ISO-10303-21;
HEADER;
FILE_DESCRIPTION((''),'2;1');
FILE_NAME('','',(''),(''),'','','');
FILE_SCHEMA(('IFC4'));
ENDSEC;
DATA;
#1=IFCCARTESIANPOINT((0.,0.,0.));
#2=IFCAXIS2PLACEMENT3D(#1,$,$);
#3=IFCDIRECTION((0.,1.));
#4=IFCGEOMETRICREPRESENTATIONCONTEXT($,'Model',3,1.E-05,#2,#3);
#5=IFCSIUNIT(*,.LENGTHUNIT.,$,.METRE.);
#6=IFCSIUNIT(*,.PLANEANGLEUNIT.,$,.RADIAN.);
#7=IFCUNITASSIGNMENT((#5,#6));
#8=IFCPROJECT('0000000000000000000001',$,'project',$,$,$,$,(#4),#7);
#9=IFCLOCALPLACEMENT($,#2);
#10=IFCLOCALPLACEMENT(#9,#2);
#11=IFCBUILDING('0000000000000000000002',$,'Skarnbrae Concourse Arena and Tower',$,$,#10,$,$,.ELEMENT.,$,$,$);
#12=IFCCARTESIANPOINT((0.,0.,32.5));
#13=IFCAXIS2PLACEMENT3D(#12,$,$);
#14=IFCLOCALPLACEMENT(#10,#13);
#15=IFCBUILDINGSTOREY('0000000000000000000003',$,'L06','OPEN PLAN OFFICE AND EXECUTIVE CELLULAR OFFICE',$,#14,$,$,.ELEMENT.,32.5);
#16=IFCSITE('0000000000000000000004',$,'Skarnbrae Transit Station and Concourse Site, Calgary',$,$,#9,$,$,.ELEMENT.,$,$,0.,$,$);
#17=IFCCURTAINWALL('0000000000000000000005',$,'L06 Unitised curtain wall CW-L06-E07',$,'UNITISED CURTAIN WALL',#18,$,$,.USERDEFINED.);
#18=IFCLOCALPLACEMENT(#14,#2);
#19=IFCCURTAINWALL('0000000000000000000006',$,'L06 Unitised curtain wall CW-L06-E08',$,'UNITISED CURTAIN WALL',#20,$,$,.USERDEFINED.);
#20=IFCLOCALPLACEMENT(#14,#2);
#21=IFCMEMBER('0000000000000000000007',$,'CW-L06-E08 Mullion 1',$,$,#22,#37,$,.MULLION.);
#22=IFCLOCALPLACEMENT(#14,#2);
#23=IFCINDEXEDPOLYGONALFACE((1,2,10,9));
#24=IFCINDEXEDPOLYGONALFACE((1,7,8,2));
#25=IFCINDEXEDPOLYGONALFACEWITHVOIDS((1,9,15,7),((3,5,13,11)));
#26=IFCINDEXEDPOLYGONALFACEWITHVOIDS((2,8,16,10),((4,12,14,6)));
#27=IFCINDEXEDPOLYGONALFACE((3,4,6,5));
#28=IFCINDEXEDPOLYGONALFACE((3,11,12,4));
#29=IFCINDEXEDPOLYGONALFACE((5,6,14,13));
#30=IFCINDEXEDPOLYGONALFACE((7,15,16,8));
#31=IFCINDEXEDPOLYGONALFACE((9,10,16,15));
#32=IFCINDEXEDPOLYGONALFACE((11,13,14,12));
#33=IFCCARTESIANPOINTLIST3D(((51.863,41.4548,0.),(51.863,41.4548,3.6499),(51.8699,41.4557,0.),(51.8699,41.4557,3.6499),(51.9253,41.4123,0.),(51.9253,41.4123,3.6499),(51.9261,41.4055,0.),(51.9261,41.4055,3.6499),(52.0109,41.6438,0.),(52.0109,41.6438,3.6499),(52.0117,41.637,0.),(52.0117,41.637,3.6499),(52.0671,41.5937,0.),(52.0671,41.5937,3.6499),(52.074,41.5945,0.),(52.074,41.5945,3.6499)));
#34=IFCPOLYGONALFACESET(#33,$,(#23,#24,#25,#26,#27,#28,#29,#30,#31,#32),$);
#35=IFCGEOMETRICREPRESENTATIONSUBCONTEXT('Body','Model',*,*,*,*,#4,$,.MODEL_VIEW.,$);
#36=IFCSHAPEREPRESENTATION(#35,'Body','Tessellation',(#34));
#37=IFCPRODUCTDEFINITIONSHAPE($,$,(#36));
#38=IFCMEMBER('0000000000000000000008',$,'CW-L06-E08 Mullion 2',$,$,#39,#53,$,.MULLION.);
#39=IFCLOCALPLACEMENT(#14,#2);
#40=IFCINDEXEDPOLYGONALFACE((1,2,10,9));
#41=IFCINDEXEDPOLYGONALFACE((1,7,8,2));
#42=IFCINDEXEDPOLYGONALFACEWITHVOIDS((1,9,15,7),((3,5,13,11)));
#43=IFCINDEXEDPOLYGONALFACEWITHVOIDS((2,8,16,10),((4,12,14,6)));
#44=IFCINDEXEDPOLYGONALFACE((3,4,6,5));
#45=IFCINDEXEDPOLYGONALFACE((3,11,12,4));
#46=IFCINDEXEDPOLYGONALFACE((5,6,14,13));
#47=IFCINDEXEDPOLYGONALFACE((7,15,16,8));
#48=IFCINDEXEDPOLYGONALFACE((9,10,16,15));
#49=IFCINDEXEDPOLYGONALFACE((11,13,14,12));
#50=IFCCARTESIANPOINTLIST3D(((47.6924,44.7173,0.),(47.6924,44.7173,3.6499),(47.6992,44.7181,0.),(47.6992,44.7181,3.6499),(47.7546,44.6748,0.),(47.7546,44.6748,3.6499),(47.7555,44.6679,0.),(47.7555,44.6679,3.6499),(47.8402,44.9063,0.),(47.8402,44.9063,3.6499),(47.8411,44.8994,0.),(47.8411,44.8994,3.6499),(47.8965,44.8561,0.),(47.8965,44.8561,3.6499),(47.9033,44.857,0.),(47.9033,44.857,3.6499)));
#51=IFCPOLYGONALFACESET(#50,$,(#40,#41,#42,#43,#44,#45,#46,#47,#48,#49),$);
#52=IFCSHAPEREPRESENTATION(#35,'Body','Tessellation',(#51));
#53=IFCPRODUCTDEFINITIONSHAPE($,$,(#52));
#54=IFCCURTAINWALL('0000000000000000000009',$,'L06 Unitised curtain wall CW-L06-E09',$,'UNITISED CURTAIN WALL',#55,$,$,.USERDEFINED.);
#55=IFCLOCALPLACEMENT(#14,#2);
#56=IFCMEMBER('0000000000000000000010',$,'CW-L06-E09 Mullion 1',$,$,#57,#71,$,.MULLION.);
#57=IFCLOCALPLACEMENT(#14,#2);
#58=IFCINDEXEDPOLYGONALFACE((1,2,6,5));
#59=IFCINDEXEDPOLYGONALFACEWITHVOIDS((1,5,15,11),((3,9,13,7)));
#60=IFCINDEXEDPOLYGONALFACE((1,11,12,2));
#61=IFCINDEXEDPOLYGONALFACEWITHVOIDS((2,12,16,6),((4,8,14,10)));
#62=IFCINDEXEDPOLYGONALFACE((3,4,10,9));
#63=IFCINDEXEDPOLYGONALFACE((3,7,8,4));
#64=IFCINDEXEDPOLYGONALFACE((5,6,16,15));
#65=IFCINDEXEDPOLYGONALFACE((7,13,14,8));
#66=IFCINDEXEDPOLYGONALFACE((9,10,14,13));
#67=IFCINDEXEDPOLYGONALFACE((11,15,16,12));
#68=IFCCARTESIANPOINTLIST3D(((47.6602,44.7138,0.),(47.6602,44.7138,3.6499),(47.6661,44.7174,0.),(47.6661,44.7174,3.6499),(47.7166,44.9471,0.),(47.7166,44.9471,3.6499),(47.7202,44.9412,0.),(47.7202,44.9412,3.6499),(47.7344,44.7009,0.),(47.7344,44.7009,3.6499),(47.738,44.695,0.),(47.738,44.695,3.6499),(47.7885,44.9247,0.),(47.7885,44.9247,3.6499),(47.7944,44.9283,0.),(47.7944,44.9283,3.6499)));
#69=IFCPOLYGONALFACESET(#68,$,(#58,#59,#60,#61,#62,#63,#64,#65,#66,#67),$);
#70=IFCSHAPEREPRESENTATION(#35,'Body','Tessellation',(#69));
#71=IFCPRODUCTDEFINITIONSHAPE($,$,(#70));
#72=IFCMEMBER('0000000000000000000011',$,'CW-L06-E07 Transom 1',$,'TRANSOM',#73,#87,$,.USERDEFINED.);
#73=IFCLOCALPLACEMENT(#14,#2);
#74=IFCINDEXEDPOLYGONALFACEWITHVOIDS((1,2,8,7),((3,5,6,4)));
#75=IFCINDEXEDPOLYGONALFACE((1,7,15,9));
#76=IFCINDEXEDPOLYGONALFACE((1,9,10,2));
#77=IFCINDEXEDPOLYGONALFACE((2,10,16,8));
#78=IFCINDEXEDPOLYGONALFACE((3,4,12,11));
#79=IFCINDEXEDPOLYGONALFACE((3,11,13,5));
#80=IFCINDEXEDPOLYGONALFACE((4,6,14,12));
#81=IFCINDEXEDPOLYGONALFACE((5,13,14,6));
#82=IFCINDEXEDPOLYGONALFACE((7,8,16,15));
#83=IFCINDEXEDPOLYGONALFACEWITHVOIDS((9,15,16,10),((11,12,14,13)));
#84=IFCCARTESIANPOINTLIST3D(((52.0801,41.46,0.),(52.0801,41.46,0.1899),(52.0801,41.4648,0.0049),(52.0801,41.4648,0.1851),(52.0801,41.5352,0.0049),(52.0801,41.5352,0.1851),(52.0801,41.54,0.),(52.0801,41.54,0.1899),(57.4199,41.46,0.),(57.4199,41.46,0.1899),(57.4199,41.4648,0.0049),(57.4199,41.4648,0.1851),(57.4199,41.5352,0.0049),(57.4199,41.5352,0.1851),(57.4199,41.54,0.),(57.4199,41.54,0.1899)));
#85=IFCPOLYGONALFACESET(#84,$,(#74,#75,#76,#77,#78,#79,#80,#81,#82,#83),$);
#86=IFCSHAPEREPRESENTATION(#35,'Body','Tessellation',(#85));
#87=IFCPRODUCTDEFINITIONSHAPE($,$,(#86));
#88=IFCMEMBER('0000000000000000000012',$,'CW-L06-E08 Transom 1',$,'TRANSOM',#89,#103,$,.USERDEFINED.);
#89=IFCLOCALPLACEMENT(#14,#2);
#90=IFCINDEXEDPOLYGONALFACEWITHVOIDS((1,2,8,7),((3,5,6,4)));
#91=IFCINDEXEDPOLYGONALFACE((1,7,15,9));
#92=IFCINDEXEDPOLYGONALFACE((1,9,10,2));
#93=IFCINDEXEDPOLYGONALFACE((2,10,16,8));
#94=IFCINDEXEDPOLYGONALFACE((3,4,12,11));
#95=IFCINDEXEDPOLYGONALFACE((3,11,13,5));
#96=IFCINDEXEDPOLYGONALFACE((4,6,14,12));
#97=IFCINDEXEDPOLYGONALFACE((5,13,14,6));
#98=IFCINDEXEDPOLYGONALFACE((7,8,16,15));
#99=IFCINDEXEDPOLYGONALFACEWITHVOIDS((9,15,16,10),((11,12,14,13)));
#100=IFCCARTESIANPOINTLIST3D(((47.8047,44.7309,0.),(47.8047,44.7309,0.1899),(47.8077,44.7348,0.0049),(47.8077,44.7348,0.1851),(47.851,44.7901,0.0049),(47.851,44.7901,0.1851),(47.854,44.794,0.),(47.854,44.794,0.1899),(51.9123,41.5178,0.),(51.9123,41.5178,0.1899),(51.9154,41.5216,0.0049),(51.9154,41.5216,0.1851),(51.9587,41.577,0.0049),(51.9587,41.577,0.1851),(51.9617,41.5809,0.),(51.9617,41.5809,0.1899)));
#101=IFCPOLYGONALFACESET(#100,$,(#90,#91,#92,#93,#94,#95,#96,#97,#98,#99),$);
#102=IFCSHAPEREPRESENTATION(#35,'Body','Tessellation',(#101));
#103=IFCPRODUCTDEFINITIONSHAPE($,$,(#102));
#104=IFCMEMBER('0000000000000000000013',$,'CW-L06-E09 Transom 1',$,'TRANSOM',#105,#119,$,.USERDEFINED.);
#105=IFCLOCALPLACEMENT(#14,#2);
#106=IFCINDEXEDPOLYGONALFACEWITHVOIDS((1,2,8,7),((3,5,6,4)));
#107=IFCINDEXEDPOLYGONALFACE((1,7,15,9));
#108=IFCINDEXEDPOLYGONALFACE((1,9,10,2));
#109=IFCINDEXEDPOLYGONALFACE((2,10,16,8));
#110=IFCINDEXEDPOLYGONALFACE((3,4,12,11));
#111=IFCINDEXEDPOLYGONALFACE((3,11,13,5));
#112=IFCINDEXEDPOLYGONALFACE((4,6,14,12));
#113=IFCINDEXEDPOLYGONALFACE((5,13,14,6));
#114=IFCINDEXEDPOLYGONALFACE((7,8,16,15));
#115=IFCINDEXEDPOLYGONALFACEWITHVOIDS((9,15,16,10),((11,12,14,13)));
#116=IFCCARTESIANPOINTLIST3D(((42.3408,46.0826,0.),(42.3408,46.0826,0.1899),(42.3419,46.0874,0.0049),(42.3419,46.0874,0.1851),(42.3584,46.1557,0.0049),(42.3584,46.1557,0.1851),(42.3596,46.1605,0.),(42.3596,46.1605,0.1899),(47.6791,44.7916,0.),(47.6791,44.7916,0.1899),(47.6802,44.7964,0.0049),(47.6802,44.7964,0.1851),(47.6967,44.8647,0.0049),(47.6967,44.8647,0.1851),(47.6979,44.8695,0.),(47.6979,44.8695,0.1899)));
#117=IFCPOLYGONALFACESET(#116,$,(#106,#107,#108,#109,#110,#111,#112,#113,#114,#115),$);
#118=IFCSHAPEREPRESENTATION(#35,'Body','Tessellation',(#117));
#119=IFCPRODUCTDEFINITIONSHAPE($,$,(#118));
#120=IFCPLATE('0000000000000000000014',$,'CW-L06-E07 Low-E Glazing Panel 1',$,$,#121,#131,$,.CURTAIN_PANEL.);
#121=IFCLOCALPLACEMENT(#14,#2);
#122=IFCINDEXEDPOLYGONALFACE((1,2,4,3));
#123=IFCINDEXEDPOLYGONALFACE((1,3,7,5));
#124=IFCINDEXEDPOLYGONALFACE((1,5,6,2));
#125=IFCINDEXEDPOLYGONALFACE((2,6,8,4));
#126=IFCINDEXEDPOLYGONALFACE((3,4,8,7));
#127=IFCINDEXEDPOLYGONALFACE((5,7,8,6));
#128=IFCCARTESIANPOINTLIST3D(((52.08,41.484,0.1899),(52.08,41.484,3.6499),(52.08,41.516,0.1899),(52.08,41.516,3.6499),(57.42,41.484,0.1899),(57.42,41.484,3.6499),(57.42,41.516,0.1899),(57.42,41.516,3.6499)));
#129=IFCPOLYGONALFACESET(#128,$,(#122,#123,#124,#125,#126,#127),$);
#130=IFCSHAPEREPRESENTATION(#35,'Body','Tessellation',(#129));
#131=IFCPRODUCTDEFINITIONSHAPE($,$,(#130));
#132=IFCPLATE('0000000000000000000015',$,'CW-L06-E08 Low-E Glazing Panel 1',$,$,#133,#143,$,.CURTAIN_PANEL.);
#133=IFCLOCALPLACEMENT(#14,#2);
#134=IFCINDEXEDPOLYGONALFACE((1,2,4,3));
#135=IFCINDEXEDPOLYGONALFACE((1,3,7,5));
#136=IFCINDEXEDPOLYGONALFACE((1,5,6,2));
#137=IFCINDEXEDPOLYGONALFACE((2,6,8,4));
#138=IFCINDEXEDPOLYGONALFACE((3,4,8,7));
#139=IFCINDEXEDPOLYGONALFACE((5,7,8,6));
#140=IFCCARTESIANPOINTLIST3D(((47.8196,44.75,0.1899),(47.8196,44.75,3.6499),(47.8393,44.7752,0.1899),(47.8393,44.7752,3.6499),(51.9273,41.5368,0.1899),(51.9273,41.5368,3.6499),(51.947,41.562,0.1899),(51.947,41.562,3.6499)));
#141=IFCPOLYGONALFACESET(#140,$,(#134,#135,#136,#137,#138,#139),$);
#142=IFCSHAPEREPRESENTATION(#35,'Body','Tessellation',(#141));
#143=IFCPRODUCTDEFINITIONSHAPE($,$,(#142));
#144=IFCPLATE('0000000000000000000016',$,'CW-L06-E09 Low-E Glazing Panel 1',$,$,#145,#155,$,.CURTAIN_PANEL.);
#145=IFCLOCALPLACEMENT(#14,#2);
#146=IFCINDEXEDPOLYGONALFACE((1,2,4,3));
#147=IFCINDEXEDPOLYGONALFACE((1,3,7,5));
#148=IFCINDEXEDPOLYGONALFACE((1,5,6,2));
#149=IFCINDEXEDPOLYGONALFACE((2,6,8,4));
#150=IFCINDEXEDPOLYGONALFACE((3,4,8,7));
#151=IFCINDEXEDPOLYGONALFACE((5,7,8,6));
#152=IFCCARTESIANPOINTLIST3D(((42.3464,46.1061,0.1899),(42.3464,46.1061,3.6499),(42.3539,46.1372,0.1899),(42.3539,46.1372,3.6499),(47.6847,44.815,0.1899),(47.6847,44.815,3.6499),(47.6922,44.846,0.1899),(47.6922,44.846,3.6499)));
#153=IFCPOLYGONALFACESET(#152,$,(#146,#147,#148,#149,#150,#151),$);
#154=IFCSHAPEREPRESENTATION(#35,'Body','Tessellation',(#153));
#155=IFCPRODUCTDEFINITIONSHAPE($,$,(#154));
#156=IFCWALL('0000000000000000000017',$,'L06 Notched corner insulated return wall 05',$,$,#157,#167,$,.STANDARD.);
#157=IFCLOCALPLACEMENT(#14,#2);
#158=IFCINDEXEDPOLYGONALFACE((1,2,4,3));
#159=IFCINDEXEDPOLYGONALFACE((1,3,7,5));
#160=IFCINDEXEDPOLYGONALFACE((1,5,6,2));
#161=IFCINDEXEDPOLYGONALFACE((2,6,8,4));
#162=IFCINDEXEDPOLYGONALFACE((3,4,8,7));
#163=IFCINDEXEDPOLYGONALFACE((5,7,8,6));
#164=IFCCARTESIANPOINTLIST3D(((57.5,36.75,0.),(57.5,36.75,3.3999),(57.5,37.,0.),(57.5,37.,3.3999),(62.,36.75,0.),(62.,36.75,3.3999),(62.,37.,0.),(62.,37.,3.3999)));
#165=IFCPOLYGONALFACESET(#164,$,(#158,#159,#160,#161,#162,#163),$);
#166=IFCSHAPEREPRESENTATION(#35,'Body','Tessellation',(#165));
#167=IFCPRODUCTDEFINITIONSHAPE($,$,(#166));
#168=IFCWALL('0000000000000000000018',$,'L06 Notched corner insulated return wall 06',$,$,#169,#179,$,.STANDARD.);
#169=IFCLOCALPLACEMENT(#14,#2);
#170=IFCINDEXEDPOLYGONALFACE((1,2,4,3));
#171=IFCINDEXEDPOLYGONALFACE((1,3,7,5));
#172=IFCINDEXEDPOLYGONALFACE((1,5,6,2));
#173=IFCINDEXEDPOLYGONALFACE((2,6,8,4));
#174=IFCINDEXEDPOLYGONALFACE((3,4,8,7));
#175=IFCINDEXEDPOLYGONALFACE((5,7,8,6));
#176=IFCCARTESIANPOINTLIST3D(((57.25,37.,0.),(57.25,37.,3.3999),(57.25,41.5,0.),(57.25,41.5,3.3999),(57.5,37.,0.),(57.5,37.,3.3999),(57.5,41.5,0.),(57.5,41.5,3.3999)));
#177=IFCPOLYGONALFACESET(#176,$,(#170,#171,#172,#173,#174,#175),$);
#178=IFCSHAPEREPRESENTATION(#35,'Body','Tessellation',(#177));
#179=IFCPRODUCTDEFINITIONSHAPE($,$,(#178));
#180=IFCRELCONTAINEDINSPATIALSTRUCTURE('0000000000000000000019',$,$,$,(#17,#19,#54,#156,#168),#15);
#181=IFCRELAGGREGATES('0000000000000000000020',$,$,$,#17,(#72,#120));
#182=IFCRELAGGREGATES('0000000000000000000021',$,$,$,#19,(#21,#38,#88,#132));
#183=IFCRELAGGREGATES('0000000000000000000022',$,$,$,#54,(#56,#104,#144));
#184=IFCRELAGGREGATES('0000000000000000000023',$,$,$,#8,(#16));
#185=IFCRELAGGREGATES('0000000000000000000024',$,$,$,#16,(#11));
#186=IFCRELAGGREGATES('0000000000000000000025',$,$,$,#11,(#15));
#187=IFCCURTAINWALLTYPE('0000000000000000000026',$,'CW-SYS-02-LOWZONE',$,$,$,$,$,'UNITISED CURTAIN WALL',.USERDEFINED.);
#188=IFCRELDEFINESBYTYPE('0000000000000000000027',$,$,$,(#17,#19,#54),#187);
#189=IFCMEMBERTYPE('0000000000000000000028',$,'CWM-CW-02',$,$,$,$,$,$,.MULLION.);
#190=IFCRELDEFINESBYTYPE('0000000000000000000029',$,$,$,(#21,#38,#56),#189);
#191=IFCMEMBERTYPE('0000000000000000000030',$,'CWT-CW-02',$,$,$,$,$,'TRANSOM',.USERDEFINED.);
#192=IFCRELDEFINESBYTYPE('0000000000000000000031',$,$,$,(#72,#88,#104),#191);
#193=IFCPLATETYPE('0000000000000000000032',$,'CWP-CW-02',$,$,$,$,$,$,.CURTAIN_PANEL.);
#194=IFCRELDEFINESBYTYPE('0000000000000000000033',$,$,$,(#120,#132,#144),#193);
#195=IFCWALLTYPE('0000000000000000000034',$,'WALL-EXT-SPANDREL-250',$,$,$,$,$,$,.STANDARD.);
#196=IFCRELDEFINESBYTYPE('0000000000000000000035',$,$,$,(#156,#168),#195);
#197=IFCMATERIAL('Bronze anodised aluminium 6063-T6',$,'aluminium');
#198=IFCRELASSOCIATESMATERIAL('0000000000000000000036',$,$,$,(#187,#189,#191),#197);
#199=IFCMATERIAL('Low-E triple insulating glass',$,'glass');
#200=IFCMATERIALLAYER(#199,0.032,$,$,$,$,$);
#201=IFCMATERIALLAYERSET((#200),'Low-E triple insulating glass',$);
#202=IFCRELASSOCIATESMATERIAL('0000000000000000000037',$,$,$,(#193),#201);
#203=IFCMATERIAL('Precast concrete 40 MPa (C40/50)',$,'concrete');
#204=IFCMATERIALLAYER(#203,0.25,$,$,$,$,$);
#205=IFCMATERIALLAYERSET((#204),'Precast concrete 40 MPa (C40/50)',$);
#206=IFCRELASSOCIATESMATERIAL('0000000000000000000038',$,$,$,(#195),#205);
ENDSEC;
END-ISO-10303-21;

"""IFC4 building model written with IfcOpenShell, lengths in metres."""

from ifc_helpers import new_model, si_unit, direction, frame, frame_2d, origin, origin_2d, place, context, subcontext, project, spatial, rectangle, hollow_rectangle, extrude, source, transform, mapped, material, layer, layer_set, material_profile, profile_set, type_object, element, aggregate, save


model = new_model("IFC4")

# Units and contexts
model_context = context("Model", 3, precision=1e-05, world=origin(), true_north=direction((0.0, 1.0)))
body_context = subcontext(model_context, "Body", "Model", "MODEL_VIEW")
ifc_project = project(units=[si_unit("LENGTHUNIT", "METRE"), si_unit("PLANEANGLEUNIT", "RADIAN")], contexts=[model_context])

# Site, building, storey
site_placement = place(None, origin())
site = spatial("IfcSite", under=ifc_project, at=site_placement, Name="Skarnbrae Transit Station and Concourse Site, Calgary", CompositionType="ELEMENT", RefElevation=0.0)
building_placement = place(site_placement, origin())
building = spatial("IfcBuilding", under=site, at=building_placement, Name="Skarnbrae Concourse Arena and Tower", CompositionType="ELEMENT")
storey_placement = place(building_placement, frame((0.0, 0.0, 32.5)))
storey = spatial("IfcBuildingStorey", under=building, at=storey_placement, Name="L06", Description="OPEN PLAN OFFICE AND EXECUTIVE CELLULAR OFFICE", CompositionType="ELEMENT", Elevation=32.5)

# Shared definitions
ifc_material_1 = material(Name="Bronze anodised aluminium 6063-T6", Category="aluminium")
curtain_wall_type = type_object("IfcCurtainWallType", Name="CW-SYS-02-LOWZONE", ElementType="UNITISED CURTAIN WALL", PredefinedType="USERDEFINED", material=ifc_material_1)
ifc_material_profile_1 = material_profile(ifc_material_1, hollow_rectangle(XDim=0.0801, YDim=0.24, WallThickness=0.0049, at=origin_2d()), Name="ALU-MULL-80X240")
ifc_profile_set_1 = profile_set([ifc_material_profile_1], Name="Bronze anodised aluminium 6063-T6")
member_type_1 = type_object("IfcMemberType", Name="CWM-CW-02", PredefinedType="MULLION", material=ifc_profile_set_1)
shared_shape_1 = source(origin(), body_context, "Body", "SweptSolid", [
    extrude(hollow_rectangle(XDim=0.0801, YDim=0.24, WallThickness=0.0049, at=origin_2d()), origin(), (0.0, 0.0, 1.0), 3.6499),
])

# Curtain walls, members
curtain_wall_1_placement = place(storey_placement, origin())
curtain_wall_1 = element("IfcCurtainWall", 1, at=curtain_wall_1_placement, inside=storey, type_object=curtain_wall_type, Name="L06 Unitised curtain wall CW-L06-E07", ObjectType="UNITISED CURTAIN WALL", PredefinedType="USERDEFINED")
curtain_wall_2_placement = place(storey_placement, origin())
curtain_wall_2 = element("IfcCurtainWall", 2, at=curtain_wall_2_placement, inside=storey, type_object=curtain_wall_type, Name="L06 Unitised curtain wall CW-L06-E08", ObjectType="UNITISED CURTAIN WALL", PredefinedType="USERDEFINED")
member_1_placement = place(storey_placement, frame((51.9685, 41.5247, 0.0), z_axis=(0.0, 0.0, 1.0), x_axis=(-0.787652, 0.616121, 0.0)))
member_1 = element("IfcMember", 3, at=member_1_placement, type_object=member_type_1, Name="CW-L06-E08 Mullion 1", PredefinedType="MULLION", context=body_context, shape_type="MappedRepresentation", body=[
    mapped(shared_shape_1, transform((0.0, 0.0, 0.0))),
])
member_2_placement = place(storey_placement, frame((47.7979, 44.7871, 0.0), z_axis=(0.0, 0.0, 1.0), x_axis=(-0.787652, 0.616121, 0.0)))
member_2 = element("IfcMember", 4, at=member_2_placement, type_object=member_type_1, Name="CW-L06-E08 Mullion 2", PredefinedType="MULLION", context=body_context, shape_type="MappedRepresentation", body=[
    mapped(shared_shape_1, transform((0.0, 0.0, 0.0))),
])

# Curtain wall, member
curtain_wall_3_placement = place(storey_placement, origin())
curtain_wall_3 = element("IfcCurtainWall", 5, at=curtain_wall_3_placement, inside=storey, type_object=curtain_wall_type, Name="L06 Unitised curtain wall CW-L06-E09", ObjectType="UNITISED CURTAIN WALL", PredefinedType="USERDEFINED")
member_3_placement = place(storey_placement, frame((47.7273, 44.821, 0.0), z_axis=(0.0, 0.0, 1.0), x_axis=(-0.971974, 0.23509, 0.0)))
member_3 = element("IfcMember", 6, at=member_3_placement, type_object=member_type_1, Name="CW-L06-E09 Mullion 1", PredefinedType="MULLION", context=body_context, shape_type="MappedRepresentation", body=[
    mapped(shared_shape_1, transform((0.0, 0.0, 0.0))),
])

# Members
ifc_material_profile_2 = material_profile(ifc_material_1, hollow_rectangle(XDim=0.0801, YDim=0.1899, WallThickness=0.0049, at=origin_2d()), Name="ALU-TRAN-80X190")
ifc_profile_set_2 = profile_set([ifc_material_profile_2], Name="Bronze anodised aluminium 6063-T6")
member_type_2 = type_object("IfcMemberType", Name="CWT-CW-02", ElementType="TRANSOM", PredefinedType="USERDEFINED", material=ifc_profile_set_2)
shared_shape_2 = source(origin(), body_context, "Body", "SweptSolid", [
    extrude(hollow_rectangle(XDim=0.0801, YDim=0.1899, WallThickness=0.0049, at=origin_2d()), origin(), (0.0, 0.0, 1.0), 5.3398),
])
member_4_placement = place(storey_placement, frame((57.4199, 41.5, 0.095), z_axis=(-1.0, 0.0, 0.0), x_axis=(0.0, -1.0, 0.0)))
member_4 = element("IfcMember", 7, at=member_4_placement, type_object=member_type_2, Name="CW-L06-E07 Transom 1", ObjectType="TRANSOM", PredefinedType="USERDEFINED", context=body_context, shape_type="MappedRepresentation", body=[
    mapped(shared_shape_2, transform((0.0, 0.0, 0.0))),
])
shared_shape_3 = source(origin(), body_context, "Body", "SweptSolid", [
    extrude(hollow_rectangle(XDim=0.0801, YDim=0.1899, WallThickness=0.0049, at=origin_2d()), origin(), (0.0, 0.0, 1.0), 5.2151),
])
member_5_placement = place(storey_placement, frame((51.937, 41.5493, 0.095), z_axis=(-0.78765, 0.616123, 0.0), x_axis=(-0.616123, -0.78765, 0.0)))
member_5 = element("IfcMember", 8, at=member_5_placement, type_object=member_type_2, Name="CW-L06-E08 Transom 1", ObjectType="TRANSOM", PredefinedType="USERDEFINED", context=body_context, shape_type="MappedRepresentation", body=[
    mapped(shared_shape_3, transform((0.0, 0.0, 0.0))),
])
shared_shape_4 = source(origin(), body_context, "Body", "SweptSolid", [
    extrude(hollow_rectangle(XDim=0.0801, YDim=0.1899, WallThickness=0.0049, at=origin_2d()), origin(), (0.0, 0.0, 1.0), 5.4922),
])
member_6_placement = place(storey_placement, frame((47.6885, 44.8306, 0.095), z_axis=(-0.971981, 0.235061, 0.0), x_axis=(-0.235061, -0.971981, 0.0)))
member_6 = element("IfcMember", 9, at=member_6_placement, type_object=member_type_2, Name="CW-L06-E09 Transom 1", ObjectType="TRANSOM", PredefinedType="USERDEFINED", context=body_context, shape_type="MappedRepresentation", body=[
    mapped(shared_shape_4, transform((0.0, 0.0, 0.0))),
])

# Plates
ifc_material_2 = material(Name="Low-E triple insulating glass", Category="glass")
ifc_layer_1 = layer(ifc_material_2, 0.032)
ifc_layer_set_1 = layer_set([ifc_layer_1], Name="Low-E triple insulating glass")
plate_type = type_object("IfcPlateType", Name="CWP-CW-02", PredefinedType="CURTAIN_PANEL", material=ifc_layer_set_1)
shared_shape_5 = source(origin(), body_context, "Body", "SweptSolid", [
    extrude(rectangle(XDim=5.3401, YDim=0.032, at=origin_2d()), origin(), (0.0, 0.0, 1.0), 3.46),
])
plate_1_placement = place(storey_placement, frame((54.75, 41.5, 0.1899), z_axis=(0.0, 0.0, 1.0), x_axis=(-1.0, 0.0, 0.0)))
plate_1 = element("IfcPlate", 10, at=plate_1_placement, type_object=plate_type, Name="CW-L06-E07 Low-E Glazing Panel 1", PredefinedType="CURTAIN_PANEL", context=body_context, shape_type="MappedRepresentation", body=[
    mapped(shared_shape_5, transform((0.0, 0.0, 0.0))),
])
aggregate(curtain_wall_1, [member_4, plate_1])
shared_shape_6 = source(origin(), body_context, "Body", "SweptSolid", [
    extrude(rectangle(XDim=5.2151, YDim=0.032, at=origin_2d()), origin(), (0.0, 0.0, 1.0), 3.46),
])
plate_2_placement = place(storey_placement, frame((49.8833, 43.156, 0.1899), z_axis=(0.0, 0.0, 1.0), x_axis=(-0.787652, 0.616121, 0.0)))
plate_2 = element("IfcPlate", 11, at=plate_2_placement, type_object=plate_type, Name="CW-L06-E08 Low-E Glazing Panel 1", PredefinedType="CURTAIN_PANEL", context=body_context, shape_type="MappedRepresentation", body=[
    mapped(shared_shape_6, transform((0.0, 0.0, 0.0))),
])
aggregate(curtain_wall_2, [member_1, member_2, member_5, plate_2])
shared_shape_7 = source(origin(), body_context, "Body", "SweptSolid", [
    extrude(rectangle(XDim=5.4922, YDim=0.032, at=origin_2d()), origin(), (0.0, 0.0, 1.0), 3.46),
])
plate_3_placement = place(storey_placement, frame((45.0193, 45.4761, 0.1899), z_axis=(0.0, 0.0, 1.0), x_axis=(-0.971974, 0.23509, 0.0)))
plate_3 = element("IfcPlate", 12, at=plate_3_placement, type_object=plate_type, Name="CW-L06-E09 Low-E Glazing Panel 1", PredefinedType="CURTAIN_PANEL", context=body_context, shape_type="MappedRepresentation", body=[
    mapped(shared_shape_7, transform((0.0, 0.0, 0.0))),
])
aggregate(curtain_wall_3, [member_3, member_6, plate_3])

# Walls
ifc_material_3 = material(Name="Precast concrete 40 MPa (C40/50)", Category="concrete")
ifc_layer_2 = layer(ifc_material_3, 0.25)
ifc_layer_set_2 = layer_set([ifc_layer_2], Name="Precast concrete 40 MPa (C40/50)")
wall_type_1 = type_object("IfcWallType", Name="WALL-EXT-SPANDREL-250", PredefinedType="STANDARD", material=ifc_layer_set_2)
shared_shape_8 = source(origin(), body_context, "Body", "SweptSolid", [
    extrude(rectangle(XDim=4.5, YDim=0.25, at=frame_2d((2.25, 0.0))), origin(), (0.0, 0.0, 1.0), 3.3999),
])
for number, where, z_axis, x_axis, name in (
    (13, (62.0, 36.875, 0.0), (0.0, 0.0, 1.0), (-1.0, 0.0, 0.0), "L06 Notched corner insulated return wall 05"),
    (14, (57.375, 37.0, 0.0), (0.0, 0.0, 1.0), (0.0, 1.0, 0.0), "L06 Notched corner insulated return wall 06"),
):
    element("IfcWall", number, at=place(storey_placement, frame(where, z_axis=z_axis, x_axis=x_axis)), inside=storey, type_object=wall_type_1, Name=name, PredefinedType="STANDARD", context=body_context, shape_type="MappedRepresentation", body=[
        mapped(shared_shape_8, transform((0.0, 0.0, 0.0))),
    ])

save(model, "model.ifc")
